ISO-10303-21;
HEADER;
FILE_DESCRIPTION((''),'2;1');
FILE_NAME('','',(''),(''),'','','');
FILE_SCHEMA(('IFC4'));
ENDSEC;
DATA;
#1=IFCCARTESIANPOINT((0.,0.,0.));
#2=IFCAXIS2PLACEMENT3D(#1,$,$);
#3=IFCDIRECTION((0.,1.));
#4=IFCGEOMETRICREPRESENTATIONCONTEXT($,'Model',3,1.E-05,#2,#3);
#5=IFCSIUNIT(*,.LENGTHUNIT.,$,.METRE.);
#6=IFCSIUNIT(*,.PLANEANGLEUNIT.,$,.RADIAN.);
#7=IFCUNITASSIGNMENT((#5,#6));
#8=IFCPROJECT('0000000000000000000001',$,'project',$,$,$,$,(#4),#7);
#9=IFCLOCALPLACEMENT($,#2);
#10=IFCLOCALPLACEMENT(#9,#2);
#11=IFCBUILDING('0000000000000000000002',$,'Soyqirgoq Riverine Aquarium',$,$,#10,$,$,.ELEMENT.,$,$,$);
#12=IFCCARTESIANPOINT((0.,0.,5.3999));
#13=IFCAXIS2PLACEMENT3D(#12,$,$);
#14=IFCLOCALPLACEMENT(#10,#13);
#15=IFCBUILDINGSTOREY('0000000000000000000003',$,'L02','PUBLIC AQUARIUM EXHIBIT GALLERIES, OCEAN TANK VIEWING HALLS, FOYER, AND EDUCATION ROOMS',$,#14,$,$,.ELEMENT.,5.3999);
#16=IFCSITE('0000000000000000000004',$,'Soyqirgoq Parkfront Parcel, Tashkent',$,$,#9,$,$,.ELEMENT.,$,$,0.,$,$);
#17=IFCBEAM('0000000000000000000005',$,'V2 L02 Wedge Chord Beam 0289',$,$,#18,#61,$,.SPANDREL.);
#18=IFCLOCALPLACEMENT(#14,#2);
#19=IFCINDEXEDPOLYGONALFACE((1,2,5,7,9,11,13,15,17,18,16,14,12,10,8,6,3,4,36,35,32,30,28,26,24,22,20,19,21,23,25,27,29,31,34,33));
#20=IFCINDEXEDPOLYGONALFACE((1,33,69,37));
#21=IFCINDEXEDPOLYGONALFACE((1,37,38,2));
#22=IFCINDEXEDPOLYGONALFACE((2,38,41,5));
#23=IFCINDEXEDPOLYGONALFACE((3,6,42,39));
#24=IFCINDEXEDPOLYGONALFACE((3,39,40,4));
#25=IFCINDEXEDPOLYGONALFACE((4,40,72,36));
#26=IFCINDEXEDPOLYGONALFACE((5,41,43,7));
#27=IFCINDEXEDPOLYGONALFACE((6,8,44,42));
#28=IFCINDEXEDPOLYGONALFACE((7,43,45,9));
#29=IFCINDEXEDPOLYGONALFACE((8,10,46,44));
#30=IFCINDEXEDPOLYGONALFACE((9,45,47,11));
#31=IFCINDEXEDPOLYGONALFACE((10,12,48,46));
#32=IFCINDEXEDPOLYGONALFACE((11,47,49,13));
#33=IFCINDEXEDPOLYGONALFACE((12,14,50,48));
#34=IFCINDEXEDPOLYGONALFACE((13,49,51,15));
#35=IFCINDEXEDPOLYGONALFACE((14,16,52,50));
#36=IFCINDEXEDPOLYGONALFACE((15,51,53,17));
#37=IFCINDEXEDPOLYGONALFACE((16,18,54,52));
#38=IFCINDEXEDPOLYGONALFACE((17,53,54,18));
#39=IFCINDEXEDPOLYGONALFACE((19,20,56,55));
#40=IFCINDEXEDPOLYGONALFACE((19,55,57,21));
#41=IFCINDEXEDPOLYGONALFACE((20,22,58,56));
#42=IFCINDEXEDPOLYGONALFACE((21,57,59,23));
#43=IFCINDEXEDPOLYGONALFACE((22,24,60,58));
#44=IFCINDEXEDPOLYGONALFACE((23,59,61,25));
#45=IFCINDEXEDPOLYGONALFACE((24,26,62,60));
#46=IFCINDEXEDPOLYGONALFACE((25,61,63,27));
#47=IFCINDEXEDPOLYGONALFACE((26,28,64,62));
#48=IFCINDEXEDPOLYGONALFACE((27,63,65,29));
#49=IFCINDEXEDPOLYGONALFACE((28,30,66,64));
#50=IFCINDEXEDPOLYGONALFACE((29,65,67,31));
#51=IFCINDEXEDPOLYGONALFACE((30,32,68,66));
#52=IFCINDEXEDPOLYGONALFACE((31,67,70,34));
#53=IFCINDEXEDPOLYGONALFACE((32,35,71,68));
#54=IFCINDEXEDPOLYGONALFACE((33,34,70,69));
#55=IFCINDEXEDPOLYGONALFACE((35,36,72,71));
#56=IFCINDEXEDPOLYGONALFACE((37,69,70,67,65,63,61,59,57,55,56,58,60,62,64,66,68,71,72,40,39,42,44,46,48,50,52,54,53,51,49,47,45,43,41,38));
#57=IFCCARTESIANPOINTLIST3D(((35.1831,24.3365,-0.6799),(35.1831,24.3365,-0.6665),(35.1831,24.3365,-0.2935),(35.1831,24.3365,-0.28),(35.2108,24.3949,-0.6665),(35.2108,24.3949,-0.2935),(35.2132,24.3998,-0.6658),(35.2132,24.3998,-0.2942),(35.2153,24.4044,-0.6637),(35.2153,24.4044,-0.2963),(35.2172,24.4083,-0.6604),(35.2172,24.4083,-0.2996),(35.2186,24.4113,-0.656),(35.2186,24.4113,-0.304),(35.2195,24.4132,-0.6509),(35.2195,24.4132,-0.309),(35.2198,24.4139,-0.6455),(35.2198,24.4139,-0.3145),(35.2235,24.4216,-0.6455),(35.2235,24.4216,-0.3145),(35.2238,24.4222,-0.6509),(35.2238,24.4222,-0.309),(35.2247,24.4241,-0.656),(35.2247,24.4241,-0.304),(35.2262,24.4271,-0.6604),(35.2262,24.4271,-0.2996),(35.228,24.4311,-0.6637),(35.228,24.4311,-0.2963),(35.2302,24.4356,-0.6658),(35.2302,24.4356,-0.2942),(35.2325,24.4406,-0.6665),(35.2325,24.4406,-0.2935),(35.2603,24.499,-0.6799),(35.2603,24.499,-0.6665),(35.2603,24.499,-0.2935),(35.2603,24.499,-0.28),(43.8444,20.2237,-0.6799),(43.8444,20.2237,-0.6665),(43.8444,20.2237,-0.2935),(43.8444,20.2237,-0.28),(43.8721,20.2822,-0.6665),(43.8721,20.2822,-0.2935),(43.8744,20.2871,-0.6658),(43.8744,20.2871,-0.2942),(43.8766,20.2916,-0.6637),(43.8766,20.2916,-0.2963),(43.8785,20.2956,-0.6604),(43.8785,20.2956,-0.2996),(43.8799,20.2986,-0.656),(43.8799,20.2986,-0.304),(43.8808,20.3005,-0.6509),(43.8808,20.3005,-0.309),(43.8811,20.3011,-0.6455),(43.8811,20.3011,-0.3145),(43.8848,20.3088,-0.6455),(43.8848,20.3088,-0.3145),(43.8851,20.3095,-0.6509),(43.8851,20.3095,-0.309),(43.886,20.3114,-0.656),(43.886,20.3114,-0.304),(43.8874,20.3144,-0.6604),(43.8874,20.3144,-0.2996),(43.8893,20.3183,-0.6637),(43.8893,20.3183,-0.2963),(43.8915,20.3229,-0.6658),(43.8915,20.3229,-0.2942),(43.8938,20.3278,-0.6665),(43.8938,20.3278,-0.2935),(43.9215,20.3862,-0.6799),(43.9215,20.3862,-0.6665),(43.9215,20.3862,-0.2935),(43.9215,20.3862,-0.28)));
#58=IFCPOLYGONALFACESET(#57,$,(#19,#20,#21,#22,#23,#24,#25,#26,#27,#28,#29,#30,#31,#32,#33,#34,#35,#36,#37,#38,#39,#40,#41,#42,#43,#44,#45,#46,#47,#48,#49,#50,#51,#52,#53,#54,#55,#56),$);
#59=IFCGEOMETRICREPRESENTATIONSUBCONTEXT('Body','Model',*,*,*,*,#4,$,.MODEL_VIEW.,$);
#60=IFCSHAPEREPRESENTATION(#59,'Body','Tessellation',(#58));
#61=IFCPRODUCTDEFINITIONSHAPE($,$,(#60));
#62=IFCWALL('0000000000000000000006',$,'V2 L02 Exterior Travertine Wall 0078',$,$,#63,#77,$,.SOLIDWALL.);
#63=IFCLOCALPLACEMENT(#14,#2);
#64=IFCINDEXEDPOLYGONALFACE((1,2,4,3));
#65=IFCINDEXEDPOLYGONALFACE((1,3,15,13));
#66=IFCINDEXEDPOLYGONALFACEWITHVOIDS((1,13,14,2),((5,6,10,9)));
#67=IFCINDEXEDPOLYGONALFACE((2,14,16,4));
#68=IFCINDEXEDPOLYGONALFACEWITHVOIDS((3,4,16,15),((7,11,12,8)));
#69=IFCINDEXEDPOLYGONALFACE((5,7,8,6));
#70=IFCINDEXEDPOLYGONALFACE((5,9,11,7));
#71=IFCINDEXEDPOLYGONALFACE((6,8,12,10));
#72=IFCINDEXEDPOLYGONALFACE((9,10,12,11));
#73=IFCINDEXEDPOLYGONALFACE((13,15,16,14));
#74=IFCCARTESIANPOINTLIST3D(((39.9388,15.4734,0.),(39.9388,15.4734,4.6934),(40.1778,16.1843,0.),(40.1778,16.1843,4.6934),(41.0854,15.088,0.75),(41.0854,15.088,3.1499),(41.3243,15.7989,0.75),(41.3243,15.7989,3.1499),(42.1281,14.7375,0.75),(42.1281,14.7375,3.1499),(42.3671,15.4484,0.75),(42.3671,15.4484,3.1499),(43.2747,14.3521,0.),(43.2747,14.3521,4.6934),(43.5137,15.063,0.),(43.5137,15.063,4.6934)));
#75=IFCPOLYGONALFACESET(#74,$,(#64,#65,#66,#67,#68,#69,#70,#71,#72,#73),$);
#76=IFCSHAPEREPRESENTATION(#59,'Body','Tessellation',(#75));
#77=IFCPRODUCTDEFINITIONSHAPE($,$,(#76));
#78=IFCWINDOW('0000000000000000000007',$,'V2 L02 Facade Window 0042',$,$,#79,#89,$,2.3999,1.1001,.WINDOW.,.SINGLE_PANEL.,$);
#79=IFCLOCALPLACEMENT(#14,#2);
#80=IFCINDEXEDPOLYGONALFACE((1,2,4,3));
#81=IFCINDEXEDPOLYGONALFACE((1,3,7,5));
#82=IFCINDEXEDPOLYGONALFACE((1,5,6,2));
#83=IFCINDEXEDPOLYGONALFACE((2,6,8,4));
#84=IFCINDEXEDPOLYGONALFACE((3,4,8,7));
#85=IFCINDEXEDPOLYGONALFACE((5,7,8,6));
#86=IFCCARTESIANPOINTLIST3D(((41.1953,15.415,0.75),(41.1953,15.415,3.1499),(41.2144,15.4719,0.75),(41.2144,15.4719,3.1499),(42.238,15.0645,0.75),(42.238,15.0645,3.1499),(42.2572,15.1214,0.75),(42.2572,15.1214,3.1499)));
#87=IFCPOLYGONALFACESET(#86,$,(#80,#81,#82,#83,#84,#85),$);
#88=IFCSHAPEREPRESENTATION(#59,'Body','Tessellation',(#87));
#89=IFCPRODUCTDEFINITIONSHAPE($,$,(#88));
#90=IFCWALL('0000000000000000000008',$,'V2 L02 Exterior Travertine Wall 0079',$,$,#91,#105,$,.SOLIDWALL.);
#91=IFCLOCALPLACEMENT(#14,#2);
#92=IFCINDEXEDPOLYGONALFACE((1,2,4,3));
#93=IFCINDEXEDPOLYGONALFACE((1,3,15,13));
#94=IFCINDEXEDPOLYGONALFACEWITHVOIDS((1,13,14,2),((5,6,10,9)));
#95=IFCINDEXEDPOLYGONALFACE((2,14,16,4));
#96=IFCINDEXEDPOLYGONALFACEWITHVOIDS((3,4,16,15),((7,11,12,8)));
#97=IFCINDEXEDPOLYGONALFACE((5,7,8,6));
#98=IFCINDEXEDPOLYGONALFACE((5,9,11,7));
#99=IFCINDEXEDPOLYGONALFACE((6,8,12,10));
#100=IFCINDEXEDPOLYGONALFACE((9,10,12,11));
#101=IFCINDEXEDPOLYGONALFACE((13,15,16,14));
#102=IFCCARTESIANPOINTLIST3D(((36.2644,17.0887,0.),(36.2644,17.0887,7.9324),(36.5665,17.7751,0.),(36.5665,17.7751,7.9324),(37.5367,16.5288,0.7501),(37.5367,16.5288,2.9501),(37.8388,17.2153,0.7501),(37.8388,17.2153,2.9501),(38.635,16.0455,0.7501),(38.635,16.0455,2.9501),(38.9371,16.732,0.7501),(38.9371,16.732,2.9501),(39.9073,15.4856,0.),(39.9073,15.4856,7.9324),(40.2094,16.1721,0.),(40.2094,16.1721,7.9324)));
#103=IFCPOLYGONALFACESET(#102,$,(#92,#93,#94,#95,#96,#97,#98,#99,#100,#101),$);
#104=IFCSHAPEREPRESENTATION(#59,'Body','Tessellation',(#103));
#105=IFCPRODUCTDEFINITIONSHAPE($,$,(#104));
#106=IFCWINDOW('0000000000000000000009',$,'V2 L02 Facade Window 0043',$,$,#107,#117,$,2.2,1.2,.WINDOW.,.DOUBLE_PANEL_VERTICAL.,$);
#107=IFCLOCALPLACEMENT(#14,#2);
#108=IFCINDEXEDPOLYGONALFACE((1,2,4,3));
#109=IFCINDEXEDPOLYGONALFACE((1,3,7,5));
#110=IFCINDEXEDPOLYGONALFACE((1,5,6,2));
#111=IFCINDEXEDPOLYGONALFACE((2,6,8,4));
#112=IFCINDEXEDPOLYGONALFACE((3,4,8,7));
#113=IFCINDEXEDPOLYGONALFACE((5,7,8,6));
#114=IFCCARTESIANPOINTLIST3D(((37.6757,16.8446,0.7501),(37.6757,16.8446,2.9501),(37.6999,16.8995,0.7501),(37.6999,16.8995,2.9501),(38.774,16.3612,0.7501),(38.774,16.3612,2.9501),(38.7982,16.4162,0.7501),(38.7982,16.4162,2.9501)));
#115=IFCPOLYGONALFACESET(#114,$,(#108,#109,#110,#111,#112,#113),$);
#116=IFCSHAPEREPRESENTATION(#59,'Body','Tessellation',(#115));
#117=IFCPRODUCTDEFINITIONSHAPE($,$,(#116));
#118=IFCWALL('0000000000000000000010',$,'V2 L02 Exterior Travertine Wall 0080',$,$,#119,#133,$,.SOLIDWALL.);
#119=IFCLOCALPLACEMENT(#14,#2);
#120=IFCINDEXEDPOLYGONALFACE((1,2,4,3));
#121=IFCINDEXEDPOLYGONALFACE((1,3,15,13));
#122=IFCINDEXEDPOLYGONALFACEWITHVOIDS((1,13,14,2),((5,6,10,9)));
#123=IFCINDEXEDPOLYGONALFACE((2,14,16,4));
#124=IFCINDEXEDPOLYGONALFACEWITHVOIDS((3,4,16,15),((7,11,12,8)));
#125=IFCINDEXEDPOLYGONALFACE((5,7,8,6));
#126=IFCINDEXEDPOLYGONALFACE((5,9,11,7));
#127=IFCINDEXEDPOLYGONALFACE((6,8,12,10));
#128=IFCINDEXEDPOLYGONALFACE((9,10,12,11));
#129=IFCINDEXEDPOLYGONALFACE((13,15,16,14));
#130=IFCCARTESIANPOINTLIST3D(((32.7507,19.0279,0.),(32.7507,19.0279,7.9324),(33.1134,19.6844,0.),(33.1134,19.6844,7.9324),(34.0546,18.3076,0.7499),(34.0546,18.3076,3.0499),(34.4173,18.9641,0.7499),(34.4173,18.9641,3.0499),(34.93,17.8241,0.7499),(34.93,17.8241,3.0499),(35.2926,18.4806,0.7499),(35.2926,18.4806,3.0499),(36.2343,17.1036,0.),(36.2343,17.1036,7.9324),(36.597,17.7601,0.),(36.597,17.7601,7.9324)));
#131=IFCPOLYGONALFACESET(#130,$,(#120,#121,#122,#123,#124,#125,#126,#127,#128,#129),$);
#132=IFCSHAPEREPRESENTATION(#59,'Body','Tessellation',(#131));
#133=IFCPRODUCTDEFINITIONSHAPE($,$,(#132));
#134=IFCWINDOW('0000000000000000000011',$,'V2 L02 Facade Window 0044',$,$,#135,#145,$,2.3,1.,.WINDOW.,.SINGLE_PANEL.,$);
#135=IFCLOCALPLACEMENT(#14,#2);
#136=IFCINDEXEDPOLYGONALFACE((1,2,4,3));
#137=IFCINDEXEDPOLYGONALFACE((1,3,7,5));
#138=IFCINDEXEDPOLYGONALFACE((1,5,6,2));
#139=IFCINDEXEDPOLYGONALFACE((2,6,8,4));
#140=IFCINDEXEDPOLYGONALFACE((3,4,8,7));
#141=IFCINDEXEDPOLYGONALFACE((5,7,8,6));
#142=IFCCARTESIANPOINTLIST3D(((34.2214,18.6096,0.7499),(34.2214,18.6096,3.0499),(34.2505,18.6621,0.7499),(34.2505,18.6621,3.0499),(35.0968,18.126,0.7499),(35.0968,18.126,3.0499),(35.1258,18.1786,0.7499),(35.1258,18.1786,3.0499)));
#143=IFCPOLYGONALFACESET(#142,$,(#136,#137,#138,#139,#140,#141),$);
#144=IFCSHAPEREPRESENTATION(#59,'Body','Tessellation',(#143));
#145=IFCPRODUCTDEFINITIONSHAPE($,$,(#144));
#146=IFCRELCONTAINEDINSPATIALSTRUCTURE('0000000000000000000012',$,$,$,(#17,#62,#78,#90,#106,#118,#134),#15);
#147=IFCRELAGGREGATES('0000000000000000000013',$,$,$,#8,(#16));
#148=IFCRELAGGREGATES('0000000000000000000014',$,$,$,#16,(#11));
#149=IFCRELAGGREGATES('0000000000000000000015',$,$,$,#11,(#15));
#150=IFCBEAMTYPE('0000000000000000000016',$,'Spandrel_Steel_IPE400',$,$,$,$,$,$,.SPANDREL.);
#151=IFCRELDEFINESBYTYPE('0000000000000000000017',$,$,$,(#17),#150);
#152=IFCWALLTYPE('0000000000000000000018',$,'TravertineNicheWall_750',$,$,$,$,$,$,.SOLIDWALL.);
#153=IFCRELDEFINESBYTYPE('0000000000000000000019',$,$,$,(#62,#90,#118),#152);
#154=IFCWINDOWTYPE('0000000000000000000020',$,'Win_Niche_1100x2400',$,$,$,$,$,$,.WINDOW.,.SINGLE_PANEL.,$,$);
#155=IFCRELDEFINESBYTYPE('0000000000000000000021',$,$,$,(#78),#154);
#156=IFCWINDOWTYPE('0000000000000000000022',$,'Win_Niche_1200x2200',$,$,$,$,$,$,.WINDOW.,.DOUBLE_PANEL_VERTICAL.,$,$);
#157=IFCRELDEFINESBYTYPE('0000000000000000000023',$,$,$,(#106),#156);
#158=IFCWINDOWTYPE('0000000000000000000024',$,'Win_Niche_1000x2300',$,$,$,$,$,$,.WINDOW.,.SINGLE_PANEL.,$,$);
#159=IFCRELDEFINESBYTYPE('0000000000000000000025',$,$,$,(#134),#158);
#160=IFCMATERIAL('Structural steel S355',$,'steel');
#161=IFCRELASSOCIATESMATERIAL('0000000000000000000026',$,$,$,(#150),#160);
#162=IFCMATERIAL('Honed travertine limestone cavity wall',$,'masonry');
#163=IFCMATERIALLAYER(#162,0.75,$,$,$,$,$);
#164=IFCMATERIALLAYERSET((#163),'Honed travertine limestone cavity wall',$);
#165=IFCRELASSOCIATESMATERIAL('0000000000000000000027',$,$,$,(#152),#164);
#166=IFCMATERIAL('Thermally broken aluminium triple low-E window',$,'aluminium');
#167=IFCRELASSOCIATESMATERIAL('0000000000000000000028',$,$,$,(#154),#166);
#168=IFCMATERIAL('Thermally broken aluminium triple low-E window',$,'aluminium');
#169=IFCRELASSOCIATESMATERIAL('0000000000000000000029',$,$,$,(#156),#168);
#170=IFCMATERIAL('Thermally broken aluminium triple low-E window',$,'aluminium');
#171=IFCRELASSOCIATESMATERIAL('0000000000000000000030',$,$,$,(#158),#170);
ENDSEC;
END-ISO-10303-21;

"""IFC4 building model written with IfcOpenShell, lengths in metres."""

from ifc_helpers import new_model, si_unit, direction, frame, frame_2d, origin, origin_2d, place, context, subcontext, project, spatial, rectangle, i_section, extrude, material, layer, layer_set, material_profile, profile_set, type_object, element, fill, save


model = new_model("IFC4")

# Units and contexts
model_context = context("Model", 3, precision=1e-05, world=origin(), true_north=direction((0.0, 1.0)))
body_context = subcontext(model_context, "Body", "Model", "MODEL_VIEW")
ifc_project = project(units=[si_unit("LENGTHUNIT", "METRE"), si_unit("PLANEANGLEUNIT", "RADIAN")], contexts=[model_context])

# Site, building, storey
site_placement = place(None, origin())
site = spatial("IfcSite", under=ifc_project, at=site_placement, Name="Soyqirgoq Parkfront Parcel, Tashkent", CompositionType="ELEMENT", RefElevation=0.0)
building_placement = place(site_placement, origin())
building = spatial("IfcBuilding", under=site, at=building_placement, Name="Soyqirgoq Riverine Aquarium", CompositionType="ELEMENT")
storey_placement = place(building_placement, frame((0.0, 0.0, 5.3999)))
storey = spatial("IfcBuildingStorey", under=building, at=storey_placement, Name="L02", Description="PUBLIC AQUARIUM EXHIBIT GALLERIES, OCEAN TANK VIEWING HALLS, FOYER, AND EDUCATION ROOMS", CompositionType="ELEMENT", Elevation=5.3999)

# Beam
ifc_material_1 = material(Name="Structural steel S355", Category="steel")
ifc_material_profile_1 = material_profile(ifc_material_1, i_section(OverallWidth=0.1799, OverallDepth=0.3999, WebThickness=0.0085, FlangeThickness=0.0134, FilletRadius=0.021, at=origin_2d()), Name="IPE 400")
ifc_profile_set_1 = profile_set([ifc_material_profile_1], Name="Structural steel S355")
beam_type_1 = type_object("IfcBeamType", Name="Spandrel_Steel_IPE400", PredefinedType="SPANDREL", material=ifc_profile_set_1)
beam_1_placement = place(storey_placement, frame((35.2217, 24.4177, -0.48), z_axis=(0.903333, -0.428941, 0.0), x_axis=(0.428941, 0.903333, 0.0)))
element("IfcBeam", 1, at=beam_1_placement, inside=storey, type_object=beam_type_1, Name="V2 L02 Wedge Chord Beam 0289", PredefinedType="SPANDREL", context=body_context, shape_type="SweptSolid", body=[
    extrude(i_section(OverallWidth=0.1799, OverallDepth=0.3999, WebThickness=0.0085, FlangeThickness=0.0134, FilletRadius=0.021, at=origin_2d()), origin(), (0.0, 0.0, 1.0), 9.5881),
])

# Walls, openings, windows
ifc_material_2 = material(Name="Honed travertine limestone cavity wall", Category="masonry")
ifc_layer = layer(ifc_material_2, 0.75)
ifc_layer_set = layer_set([ifc_layer], Name="Honed travertine limestone cavity wall")
wall_type = type_object("IfcWallType", Name="TravertineNicheWall_750", PredefinedType="SOLIDWALL", material=ifc_layer_set)
wall_1_placement = place(storey_placement, frame((43.3943, 14.7075, 0.0), z_axis=(0.0, 0.0, 1.0), x_axis=(-0.947883, 0.31862, 0.0)))
wall_1 = element("IfcWall", 2, at=wall_1_placement, inside=storey, type_object=wall_type, Name="V2 L02 Exterior Travertine Wall 0078", PredefinedType="SOLIDWALL", context=body_context, shape_type="SweptSolid", body=[
    extrude(rectangle(XDim=3.5193, YDim=0.75, at=frame_2d((1.7598, 0.0))), origin(), (0.0, 0.0, 1.0), 4.6934),
])
opening_1_placement = place(wall_1_placement, frame((1.2097, 0.0, 0.75)))
opening_1 = element("IfcOpeningElement", 3, at=opening_1_placement, cuts=wall_1, PredefinedType="OPENING", context=body_context, shape_type="SweptSolid", body=[
    extrude(rectangle(XDim=1.1001, YDim=2.3999, at=frame_2d((0.55, 1.2))), frame((0.0, 0.385, 0.0), z_axis=(0.0, -1.0, 0.0), x_axis=(1.0, 0.0, 0.0)), (0.0, 0.0, 1.0), 0.77),
])
ifc_material_3 = material(Name="Thermally broken aluminium triple low-E window", Category="aluminium")
window_type_1 = type_object("IfcWindowType", Name="Win_Niche_1100x2400", PartitioningType="SINGLE_PANEL", PredefinedType="WINDOW", material=ifc_material_3)
window_1_placement = place(opening_1_placement, origin())
window_1 = element("IfcWindow", 4, at=window_1_placement, inside=storey, type_object=window_type_1, Name="V2 L02 Facade Window 0042", OverallHeight=2.3999, OverallWidth=1.1001, PartitioningType="SINGLE_PANEL", PredefinedType="WINDOW", context=body_context, shape_type="SweptSolid", body=[
    extrude(rectangle(XDim=1.1001, YDim=2.3999, at=frame_2d((0.55, 1.2))), frame((0.0, 0.03, 0.0), z_axis=(0.0, -1.0, 0.0), x_axis=(1.0, 0.0, 0.0)), (0.0, 0.0, 1.0), 0.0601),
])
fill(opening_1, window_1)
wall_2_placement = place(storey_placement, frame((40.0583, 15.8289, 0.0), z_axis=(0.0, 0.0, 1.0), x_axis=(-0.915298, 0.402778, 0.0)))
wall_2 = element("IfcWall", 5, at=wall_2_placement, inside=storey, type_object=wall_type, Name="V2 L02 Exterior Travertine Wall 0079", PredefinedType="SOLIDWALL", context=body_context, shape_type="SweptSolid", body=[
    extrude(rectangle(XDim=3.98, YDim=0.75, at=frame_2d((1.99, 0.0))), origin(), (0.0, 0.0, 1.0), 7.9324),
])
opening_2_placement = place(wall_2_placement, frame((1.3899, 0.0, 0.75)))
opening_2 = element("IfcOpeningElement", 6, at=opening_2_placement, cuts=wall_2, PredefinedType="OPENING", context=body_context, shape_type="SweptSolid", body=[
    extrude(rectangle(XDim=1.2, YDim=2.2, at=frame_2d((0.6001, 1.1001))), frame((0.0, 0.385, 0.0), z_axis=(0.0, -1.0, 0.0), x_axis=(1.0, 0.0, 0.0)), (0.0, 0.0, 1.0), 0.77),
])
ifc_material_4 = material(Name="Thermally broken aluminium triple low-E window", Category="aluminium")
window_type_2 = type_object("IfcWindowType", Name="Win_Niche_1200x2200", PartitioningType="DOUBLE_PANEL_VERTICAL", PredefinedType="WINDOW", material=ifc_material_4)
window_2_placement = place(opening_2_placement, origin())
window_2 = element("IfcWindow", 7, at=window_2_placement, inside=storey, type_object=window_type_2, Name="V2 L02 Facade Window 0043", OverallHeight=2.2, OverallWidth=1.2, PartitioningType="DOUBLE_PANEL_VERTICAL", PredefinedType="WINDOW", context=body_context, shape_type="SweptSolid", body=[
    extrude(rectangle(XDim=1.2, YDim=2.2, at=frame_2d((0.6001, 1.1001))), frame((0.0, 0.03, 0.0), z_axis=(0.0, -1.0, 0.0), x_axis=(1.0, 0.0, 0.0)), (0.0, 0.0, 1.0), 0.0601),
])
fill(opening_2, window_2)
wall_3_placement = place(storey_placement, frame((36.4155, 17.4319, 0.0), z_axis=(0.0, 0.0, 1.0), x_axis=(-0.875332, 0.483522, 0.0)))
wall_3 = element("IfcWall", 8, at=wall_3_placement, inside=storey, type_object=wall_type, Name="V2 L02 Exterior Travertine Wall 0080", PredefinedType="SOLIDWALL", context=body_context, shape_type="SweptSolid", body=[
    extrude(rectangle(XDim=3.9797, YDim=0.75, at=frame_2d((1.9897, 0.0))), origin(), (0.0, 0.0, 1.0), 7.9324),
])
opening_3_placement = place(wall_3_placement, frame((1.49, 0.0, 0.75)))
opening_3 = element("IfcOpeningElement", 9, at=opening_3_placement, cuts=wall_3, PredefinedType="OPENING", context=body_context, shape_type="SweptSolid", body=[
    extrude(rectangle(XDim=1.0, YDim=2.3, at=frame_2d((0.5, 1.1499))), frame((0.0, 0.385, 0.0), z_axis=(0.0, -1.0, 0.0), x_axis=(1.0, 0.0, 0.0)), (0.0, 0.0, 1.0), 0.77),
])
ifc_material_5 = material(Name="Thermally broken aluminium triple low-E window", Category="aluminium")
window_type_3 = type_object("IfcWindowType", Name="Win_Niche_1000x2300", PartitioningType="SINGLE_PANEL", PredefinedType="WINDOW", material=ifc_material_5)
window_3_placement = place(opening_3_placement, origin())
window_3 = element("IfcWindow", 10, at=window_3_placement, inside=storey, type_object=window_type_3, Name="V2 L02 Facade Window 0044", OverallHeight=2.3, OverallWidth=1.0, PartitioningType="SINGLE_PANEL", PredefinedType="WINDOW", context=body_context, shape_type="SweptSolid", body=[
    extrude(rectangle(XDim=1.0, YDim=2.3, at=frame_2d((0.5, 1.1499))), frame((0.0, 0.03, 0.0), z_axis=(0.0, -1.0, 0.0), x_axis=(1.0, 0.0, 0.0)), (0.0, 0.0, 1.0), 0.0601),
])
fill(opening_3, window_3)

save(model, "model.ifc")
